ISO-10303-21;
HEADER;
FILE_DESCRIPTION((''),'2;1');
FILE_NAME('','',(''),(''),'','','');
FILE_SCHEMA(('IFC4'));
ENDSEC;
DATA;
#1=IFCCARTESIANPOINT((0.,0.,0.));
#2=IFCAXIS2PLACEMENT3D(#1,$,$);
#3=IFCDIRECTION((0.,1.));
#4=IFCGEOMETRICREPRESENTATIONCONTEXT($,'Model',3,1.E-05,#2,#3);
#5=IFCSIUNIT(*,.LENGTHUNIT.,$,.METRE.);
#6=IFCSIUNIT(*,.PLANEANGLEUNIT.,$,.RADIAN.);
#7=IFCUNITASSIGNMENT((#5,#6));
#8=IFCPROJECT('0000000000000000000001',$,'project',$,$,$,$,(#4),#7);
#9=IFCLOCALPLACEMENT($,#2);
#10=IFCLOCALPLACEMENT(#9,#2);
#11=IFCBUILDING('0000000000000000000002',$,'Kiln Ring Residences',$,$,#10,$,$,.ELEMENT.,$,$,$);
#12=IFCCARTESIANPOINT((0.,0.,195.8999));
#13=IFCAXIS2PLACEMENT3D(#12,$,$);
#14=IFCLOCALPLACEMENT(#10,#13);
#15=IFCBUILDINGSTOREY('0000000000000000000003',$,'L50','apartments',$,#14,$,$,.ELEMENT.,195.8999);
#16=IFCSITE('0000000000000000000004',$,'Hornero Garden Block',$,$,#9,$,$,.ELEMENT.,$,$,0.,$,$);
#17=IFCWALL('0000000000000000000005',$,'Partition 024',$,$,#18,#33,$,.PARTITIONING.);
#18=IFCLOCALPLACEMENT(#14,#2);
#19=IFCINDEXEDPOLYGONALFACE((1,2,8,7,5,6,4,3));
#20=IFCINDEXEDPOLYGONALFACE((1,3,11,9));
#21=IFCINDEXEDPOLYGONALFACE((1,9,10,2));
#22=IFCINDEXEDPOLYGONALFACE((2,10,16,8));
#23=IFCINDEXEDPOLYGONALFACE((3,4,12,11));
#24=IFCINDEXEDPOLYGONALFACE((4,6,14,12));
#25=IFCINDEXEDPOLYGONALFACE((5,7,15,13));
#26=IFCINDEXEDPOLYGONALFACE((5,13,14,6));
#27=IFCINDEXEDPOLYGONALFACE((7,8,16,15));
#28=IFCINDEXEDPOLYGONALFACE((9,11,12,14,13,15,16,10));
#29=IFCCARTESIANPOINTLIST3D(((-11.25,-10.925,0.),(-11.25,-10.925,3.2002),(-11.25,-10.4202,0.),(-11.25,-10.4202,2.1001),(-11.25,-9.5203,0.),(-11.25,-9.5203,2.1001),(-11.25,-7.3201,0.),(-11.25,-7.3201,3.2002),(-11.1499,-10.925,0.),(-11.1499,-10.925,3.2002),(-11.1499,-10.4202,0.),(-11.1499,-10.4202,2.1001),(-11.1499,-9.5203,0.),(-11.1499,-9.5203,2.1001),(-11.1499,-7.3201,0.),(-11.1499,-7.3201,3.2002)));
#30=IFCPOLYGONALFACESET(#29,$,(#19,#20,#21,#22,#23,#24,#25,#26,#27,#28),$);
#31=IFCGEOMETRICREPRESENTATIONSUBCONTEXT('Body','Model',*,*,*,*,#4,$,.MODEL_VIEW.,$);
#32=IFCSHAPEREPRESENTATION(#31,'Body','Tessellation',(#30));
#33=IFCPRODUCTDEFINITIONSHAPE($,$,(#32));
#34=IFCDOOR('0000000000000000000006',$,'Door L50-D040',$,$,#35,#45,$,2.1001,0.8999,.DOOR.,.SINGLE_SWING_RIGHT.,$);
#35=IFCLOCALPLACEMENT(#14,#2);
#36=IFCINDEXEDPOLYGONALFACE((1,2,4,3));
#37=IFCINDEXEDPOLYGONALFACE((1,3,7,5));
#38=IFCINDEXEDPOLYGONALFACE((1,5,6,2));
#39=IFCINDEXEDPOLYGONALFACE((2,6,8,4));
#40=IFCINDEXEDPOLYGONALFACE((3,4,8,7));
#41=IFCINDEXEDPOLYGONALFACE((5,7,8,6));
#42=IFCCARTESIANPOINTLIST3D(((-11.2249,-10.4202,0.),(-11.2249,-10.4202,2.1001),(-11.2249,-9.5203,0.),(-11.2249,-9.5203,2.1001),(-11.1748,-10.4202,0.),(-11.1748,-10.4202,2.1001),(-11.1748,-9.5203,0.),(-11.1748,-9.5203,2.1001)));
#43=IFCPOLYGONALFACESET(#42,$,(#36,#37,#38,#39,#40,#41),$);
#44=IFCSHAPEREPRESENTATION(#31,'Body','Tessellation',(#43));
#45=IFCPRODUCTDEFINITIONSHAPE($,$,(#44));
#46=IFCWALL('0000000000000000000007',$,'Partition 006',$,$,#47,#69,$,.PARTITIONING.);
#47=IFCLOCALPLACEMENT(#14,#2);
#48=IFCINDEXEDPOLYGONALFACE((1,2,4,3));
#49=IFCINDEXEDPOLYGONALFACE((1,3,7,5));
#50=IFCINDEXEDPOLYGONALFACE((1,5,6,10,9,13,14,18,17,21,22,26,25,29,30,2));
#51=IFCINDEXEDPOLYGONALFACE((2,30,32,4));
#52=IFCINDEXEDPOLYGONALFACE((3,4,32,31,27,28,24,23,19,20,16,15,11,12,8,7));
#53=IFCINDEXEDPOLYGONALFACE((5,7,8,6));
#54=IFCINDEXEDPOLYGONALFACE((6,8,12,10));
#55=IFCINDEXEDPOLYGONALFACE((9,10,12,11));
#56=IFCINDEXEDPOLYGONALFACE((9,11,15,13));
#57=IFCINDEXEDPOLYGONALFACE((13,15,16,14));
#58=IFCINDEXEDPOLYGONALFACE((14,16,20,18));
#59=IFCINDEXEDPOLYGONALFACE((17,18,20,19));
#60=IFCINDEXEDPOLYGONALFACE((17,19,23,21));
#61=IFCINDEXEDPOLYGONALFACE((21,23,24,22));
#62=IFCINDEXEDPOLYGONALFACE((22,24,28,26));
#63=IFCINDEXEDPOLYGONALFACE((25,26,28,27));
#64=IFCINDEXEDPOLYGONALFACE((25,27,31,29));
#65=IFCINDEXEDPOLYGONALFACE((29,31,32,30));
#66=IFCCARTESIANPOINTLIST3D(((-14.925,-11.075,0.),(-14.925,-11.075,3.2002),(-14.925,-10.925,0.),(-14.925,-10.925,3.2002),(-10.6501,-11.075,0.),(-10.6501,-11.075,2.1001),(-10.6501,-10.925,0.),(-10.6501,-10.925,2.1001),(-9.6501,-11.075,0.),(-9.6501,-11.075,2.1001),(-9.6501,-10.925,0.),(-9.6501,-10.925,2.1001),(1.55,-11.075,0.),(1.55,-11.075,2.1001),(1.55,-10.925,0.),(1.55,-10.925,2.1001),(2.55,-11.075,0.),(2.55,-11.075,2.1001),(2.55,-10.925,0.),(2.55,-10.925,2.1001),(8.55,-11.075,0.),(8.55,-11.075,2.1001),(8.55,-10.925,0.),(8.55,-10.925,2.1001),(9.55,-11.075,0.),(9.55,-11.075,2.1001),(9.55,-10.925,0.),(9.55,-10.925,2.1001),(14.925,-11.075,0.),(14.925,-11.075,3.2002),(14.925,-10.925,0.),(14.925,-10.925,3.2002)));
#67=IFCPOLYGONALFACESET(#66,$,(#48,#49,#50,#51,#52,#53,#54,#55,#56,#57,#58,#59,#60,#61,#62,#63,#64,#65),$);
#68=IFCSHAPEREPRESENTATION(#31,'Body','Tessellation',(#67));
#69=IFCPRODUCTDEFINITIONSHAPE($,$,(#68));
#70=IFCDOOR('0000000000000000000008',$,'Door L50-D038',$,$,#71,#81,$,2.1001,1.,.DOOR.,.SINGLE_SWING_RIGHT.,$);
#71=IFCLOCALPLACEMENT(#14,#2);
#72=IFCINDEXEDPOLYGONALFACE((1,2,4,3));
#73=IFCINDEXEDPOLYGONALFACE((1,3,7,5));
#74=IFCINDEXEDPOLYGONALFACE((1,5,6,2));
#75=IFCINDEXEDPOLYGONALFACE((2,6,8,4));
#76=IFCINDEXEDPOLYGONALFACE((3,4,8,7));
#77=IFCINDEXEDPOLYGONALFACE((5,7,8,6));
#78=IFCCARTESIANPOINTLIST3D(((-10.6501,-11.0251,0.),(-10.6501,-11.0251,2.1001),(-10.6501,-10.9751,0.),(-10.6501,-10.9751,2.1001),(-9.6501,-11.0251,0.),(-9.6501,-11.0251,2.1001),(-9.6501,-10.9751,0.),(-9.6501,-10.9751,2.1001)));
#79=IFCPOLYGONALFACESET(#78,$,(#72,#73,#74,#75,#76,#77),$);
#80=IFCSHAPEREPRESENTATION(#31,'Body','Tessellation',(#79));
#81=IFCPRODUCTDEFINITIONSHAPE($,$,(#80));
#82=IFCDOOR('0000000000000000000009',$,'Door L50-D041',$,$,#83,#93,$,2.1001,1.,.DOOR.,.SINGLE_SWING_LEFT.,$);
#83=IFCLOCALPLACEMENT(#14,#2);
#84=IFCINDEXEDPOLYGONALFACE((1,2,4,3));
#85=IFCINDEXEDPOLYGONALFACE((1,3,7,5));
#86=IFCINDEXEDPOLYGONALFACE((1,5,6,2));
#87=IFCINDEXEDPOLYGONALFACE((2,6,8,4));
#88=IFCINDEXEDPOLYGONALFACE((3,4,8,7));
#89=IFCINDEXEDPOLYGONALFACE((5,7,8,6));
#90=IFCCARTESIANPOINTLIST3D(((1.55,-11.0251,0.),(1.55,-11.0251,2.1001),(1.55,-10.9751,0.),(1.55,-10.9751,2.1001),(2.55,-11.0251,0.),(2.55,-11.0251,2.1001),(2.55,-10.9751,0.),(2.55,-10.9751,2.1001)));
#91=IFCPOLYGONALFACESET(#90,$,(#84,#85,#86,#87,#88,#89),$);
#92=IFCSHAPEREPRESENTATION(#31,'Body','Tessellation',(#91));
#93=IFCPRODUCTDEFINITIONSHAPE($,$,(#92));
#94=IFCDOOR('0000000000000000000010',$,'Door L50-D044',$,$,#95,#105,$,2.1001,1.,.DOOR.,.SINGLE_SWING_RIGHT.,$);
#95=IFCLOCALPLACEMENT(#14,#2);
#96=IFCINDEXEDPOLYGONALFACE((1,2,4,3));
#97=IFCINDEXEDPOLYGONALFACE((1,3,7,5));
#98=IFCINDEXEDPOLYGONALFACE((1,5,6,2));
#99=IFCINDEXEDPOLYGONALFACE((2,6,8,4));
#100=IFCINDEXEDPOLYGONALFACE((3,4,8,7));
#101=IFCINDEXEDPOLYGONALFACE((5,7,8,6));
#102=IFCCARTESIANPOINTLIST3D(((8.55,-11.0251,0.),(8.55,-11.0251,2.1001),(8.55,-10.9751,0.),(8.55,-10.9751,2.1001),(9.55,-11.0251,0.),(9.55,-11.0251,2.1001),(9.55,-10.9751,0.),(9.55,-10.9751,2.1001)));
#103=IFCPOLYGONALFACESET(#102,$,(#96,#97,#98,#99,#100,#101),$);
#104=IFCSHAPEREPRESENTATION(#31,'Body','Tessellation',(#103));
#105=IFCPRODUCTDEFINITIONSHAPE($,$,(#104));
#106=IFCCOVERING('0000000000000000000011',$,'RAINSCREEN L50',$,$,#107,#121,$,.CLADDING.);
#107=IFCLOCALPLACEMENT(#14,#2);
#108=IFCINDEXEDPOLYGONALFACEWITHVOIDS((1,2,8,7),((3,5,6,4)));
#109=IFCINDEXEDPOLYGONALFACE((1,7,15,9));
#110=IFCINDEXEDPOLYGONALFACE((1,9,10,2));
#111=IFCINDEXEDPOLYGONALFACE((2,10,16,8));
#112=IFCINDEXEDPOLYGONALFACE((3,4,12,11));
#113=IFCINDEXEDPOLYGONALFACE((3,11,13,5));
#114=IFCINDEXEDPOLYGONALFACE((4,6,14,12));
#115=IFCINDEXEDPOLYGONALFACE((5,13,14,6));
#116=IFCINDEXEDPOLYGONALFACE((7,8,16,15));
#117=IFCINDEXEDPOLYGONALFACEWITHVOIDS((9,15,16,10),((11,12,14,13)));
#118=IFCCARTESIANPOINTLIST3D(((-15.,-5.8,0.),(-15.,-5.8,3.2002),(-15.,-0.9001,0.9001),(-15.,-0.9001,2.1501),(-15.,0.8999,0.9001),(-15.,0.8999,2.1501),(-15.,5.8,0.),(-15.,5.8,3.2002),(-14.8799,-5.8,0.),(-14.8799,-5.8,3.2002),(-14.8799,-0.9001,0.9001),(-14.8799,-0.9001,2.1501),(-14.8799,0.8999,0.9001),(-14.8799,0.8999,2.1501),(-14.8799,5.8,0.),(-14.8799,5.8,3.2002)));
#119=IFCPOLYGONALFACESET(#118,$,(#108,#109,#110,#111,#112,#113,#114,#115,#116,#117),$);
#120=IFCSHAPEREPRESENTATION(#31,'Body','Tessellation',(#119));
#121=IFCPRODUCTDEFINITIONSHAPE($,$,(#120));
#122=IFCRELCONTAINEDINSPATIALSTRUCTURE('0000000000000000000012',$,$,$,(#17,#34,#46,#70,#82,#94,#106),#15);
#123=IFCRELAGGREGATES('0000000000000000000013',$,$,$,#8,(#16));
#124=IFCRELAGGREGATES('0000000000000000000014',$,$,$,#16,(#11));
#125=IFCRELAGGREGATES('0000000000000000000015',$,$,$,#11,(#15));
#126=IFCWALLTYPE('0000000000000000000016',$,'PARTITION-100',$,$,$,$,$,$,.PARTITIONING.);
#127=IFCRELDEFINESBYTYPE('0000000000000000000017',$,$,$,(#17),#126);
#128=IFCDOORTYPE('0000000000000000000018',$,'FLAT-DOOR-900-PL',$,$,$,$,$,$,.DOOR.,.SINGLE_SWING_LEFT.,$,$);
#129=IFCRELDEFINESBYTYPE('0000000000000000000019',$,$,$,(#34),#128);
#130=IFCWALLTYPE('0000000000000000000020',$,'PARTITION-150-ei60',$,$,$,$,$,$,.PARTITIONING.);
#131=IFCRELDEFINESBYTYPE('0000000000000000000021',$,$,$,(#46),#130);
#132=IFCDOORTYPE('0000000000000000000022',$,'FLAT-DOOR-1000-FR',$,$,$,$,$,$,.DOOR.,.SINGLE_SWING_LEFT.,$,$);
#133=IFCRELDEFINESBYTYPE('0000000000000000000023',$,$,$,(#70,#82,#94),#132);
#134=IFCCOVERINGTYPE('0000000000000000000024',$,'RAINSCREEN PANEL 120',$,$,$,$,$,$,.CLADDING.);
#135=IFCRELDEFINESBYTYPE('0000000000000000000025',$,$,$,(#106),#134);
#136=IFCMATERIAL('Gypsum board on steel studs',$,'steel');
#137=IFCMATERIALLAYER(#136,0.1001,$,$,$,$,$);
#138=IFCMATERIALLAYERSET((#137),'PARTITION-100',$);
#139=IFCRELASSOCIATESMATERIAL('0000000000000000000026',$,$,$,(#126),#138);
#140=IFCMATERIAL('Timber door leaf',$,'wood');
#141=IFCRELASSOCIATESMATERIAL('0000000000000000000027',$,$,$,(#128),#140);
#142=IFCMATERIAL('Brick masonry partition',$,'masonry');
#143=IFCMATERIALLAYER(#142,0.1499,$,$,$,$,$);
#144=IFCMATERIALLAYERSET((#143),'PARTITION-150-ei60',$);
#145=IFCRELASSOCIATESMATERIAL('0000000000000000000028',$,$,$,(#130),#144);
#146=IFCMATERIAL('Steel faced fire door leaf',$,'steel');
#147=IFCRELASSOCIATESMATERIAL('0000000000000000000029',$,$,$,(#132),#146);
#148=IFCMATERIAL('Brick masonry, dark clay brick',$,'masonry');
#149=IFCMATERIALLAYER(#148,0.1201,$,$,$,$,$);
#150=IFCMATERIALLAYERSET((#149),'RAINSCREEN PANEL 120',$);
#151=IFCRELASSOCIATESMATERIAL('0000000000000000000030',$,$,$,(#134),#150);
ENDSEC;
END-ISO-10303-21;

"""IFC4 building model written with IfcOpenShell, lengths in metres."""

from ifc_helpers import new_model, si_unit, direction, frame, frame_2d, origin, place, context, subcontext, project, spatial, polyline, rectangle, outline, extrude, material, layer, layer_set, type_object, element, fill, save


model = new_model("IFC4")

# Units and contexts
model_context = context("Model", 3, precision=1e-05, world=origin(), true_north=direction((0.0, 1.0)))
body_context = subcontext(model_context, "Body", "Model", "MODEL_VIEW")
ifc_project = project(units=[si_unit("LENGTHUNIT", "METRE"), si_unit("PLANEANGLEUNIT", "RADIAN")], contexts=[model_context])

# Site, building, storey
site_placement = place(None, origin())
site = spatial("IfcSite", under=ifc_project, at=site_placement, Name="Hornero Garden Block", CompositionType="ELEMENT", RefElevation=0.0)
building_placement = place(site_placement, origin())
building = spatial("IfcBuilding", under=site, at=building_placement, Name="Kiln Ring Residences", CompositionType="ELEMENT")
storey_placement = place(building_placement, frame((0.0, 0.0, 195.8999)))
storey = spatial("IfcBuildingStorey", under=building, at=storey_placement, Name="L50", Description="apartments", CompositionType="ELEMENT", Elevation=195.8999)

# Wall, opening, door
ifc_material_1 = material(Name="Gypsum board on steel studs", Category="steel")
ifc_layer_1 = layer(ifc_material_1, 0.1001)
ifc_layer_set_1 = layer_set([ifc_layer_1], Name="PARTITION-100")
wall_type_1 = type_object("IfcWallType", Name="PARTITION-100", PredefinedType="PARTITIONING", material=ifc_layer_set_1)
wall_1_placement = place(storey_placement, frame((-11.2, -10.925, 0.0), z_axis=(0.0, 0.0, 1.0), x_axis=(0.0, 1.0, 0.0)))
wall_1 = element("IfcWall", 1, at=wall_1_placement, inside=storey, type_object=wall_type_1, Name="Partition 024", PredefinedType="PARTITIONING", context=body_context, shape_type="SweptSolid", body=[
    extrude(rectangle(XDim=3.605, YDim=0.1001, at=frame_2d((1.8025, 0.0))), origin(), (0.0, 0.0, 1.0), 3.2002),
])
opening_1_placement = place(wall_1_placement, frame((0.5049, 0.0, 0.0)))
opening_1 = element("IfcOpeningElement", 2, at=opening_1_placement, cuts=wall_1, PredefinedType="OPENING", context=body_context, shape_type="SweptSolid", body=[
    extrude(rectangle(XDim=0.8999, YDim=2.1001, at=frame_2d((0.45, 1.05))), frame((0.0, 0.0601, 0.0), z_axis=(0.0, -1.0, 0.0), x_axis=(1.0, 0.0, 0.0)), (0.0, 0.0, 1.0), 0.1201),
])
ifc_material_2 = material(Name="Timber door leaf", Category="wood")
door_type_1 = type_object("IfcDoorType", Name="FLAT-DOOR-900-PL", OperationType="SINGLE_SWING_LEFT", PredefinedType="DOOR", material=ifc_material_2)
door_1_placement = place(opening_1_placement, origin())
door_1 = element("IfcDoor", 3, at=door_1_placement, inside=storey, type_object=door_type_1, Name="Door L50-D040", OperationType="SINGLE_SWING_RIGHT", OverallHeight=2.1001, OverallWidth=0.8999, PredefinedType="DOOR", context=body_context, shape_type="SweptSolid", body=[
    extrude(rectangle(XDim=0.8999, YDim=2.1001, at=frame_2d((0.45, 1.05))), frame((0.0, 0.0249, 0.0), z_axis=(0.0, -1.0, 0.0), x_axis=(1.0, 0.0, 0.0)), (0.0, 0.0, 1.0), 0.05),
])
fill(opening_1, door_1)

# Wall, openings, doors
ifc_material_3 = material(Name="Brick masonry partition", Category="masonry")
ifc_layer_2 = layer(ifc_material_3, 0.1499)
ifc_layer_set_2 = layer_set([ifc_layer_2], Name="PARTITION-150-ei60")
wall_type_2 = type_object("IfcWallType", Name="PARTITION-150-ei60", PredefinedType="PARTITIONING", material=ifc_layer_set_2)
wall_2_placement = place(storey_placement, frame((-14.925, -11.0, 0.0), z_axis=(0.0, 0.0, 1.0), x_axis=(1.0, 0.0, 0.0)))
wall_2 = element("IfcWall", 4, at=wall_2_placement, inside=storey, type_object=wall_type_2, Name="Partition 006", PredefinedType="PARTITIONING", context=body_context, shape_type="SweptSolid", body=[
    extrude(rectangle(XDim=29.8501, YDim=0.1499, at=frame_2d((14.925, 0.0))), origin(), (0.0, 0.0, 1.0), 3.2002),
])
opening_2_placement = place(wall_2_placement, frame((4.2749, 0.0, 0.0)))
opening_2 = element("IfcOpeningElement", 5, at=opening_2_placement, cuts=wall_2, PredefinedType="OPENING", context=body_context, shape_type="SweptSolid", body=[
    extrude(rectangle(XDim=1.0, YDim=2.1001, at=frame_2d((0.5, 1.05))), frame((0.0, 0.085, 0.0), z_axis=(0.0, -1.0, 0.0), x_axis=(1.0, 0.0, 0.0)), (0.0, 0.0, 1.0), 0.1699),
])
opening_3_placement = place(wall_2_placement, frame((16.4751, 0.0, 0.0)))
opening_3 = element("IfcOpeningElement", 6, at=opening_3_placement, cuts=wall_2, PredefinedType="OPENING", context=body_context, shape_type="SweptSolid", body=[
    extrude(rectangle(XDim=1.0, YDim=2.1001, at=frame_2d((0.5, 1.05))), frame((0.0, 0.085, 0.0), z_axis=(0.0, -1.0, 0.0), x_axis=(1.0, 0.0, 0.0)), (0.0, 0.0, 1.0), 0.1699),
])
opening_4_placement = place(wall_2_placement, frame((23.4751, 0.0, 0.0)))
opening_4 = element("IfcOpeningElement", 7, at=opening_4_placement, cuts=wall_2, PredefinedType="OPENING", context=body_context, shape_type="SweptSolid", body=[
    extrude(rectangle(XDim=1.0, YDim=2.1001, at=frame_2d((0.5, 1.05))), frame((0.0, 0.085, 0.0), z_axis=(0.0, -1.0, 0.0), x_axis=(1.0, 0.0, 0.0)), (0.0, 0.0, 1.0), 0.1699),
])
ifc_material_4 = material(Name="Steel faced fire door leaf", Category="steel")
door_type_2 = type_object("IfcDoorType", Name="FLAT-DOOR-1000-FR", OperationType="SINGLE_SWING_LEFT", PredefinedType="DOOR", material=ifc_material_4)
door_2_placement = place(opening_2_placement, origin())
door_2 = element("IfcDoor", 8, at=door_2_placement, inside=storey, type_object=door_type_2, Name="Door L50-D038", OperationType="SINGLE_SWING_RIGHT", OverallHeight=2.1001, OverallWidth=1.0, PredefinedType="DOOR", context=body_context, shape_type="SweptSolid", body=[
    extrude(rectangle(XDim=1.0, YDim=2.1001, at=frame_2d((0.5, 1.05))), frame((0.0, 0.0249, 0.0), z_axis=(0.0, -1.0, 0.0), x_axis=(1.0, 0.0, 0.0)), (0.0, 0.0, 1.0), 0.05),
])
fill(opening_2, door_2)
door_3_placement = place(opening_3_placement, origin())
door_3 = element("IfcDoor", 9, at=door_3_placement, inside=storey, type_object=door_type_2, Name="Door L50-D041", OperationType="SINGLE_SWING_LEFT", OverallHeight=2.1001, OverallWidth=1.0, PredefinedType="DOOR", context=body_context, shape_type="SweptSolid", body=[
    extrude(rectangle(XDim=1.0, YDim=2.1001, at=frame_2d((0.5, 1.05))), frame((0.0, 0.0249, 0.0), z_axis=(0.0, -1.0, 0.0), x_axis=(1.0, 0.0, 0.0)), (0.0, 0.0, 1.0), 0.05),
])
fill(opening_3, door_3)
door_4_placement = place(opening_4_placement, origin())
door_4 = element("IfcDoor", 10, at=door_4_placement, inside=storey, type_object=door_type_2, Name="Door L50-D044", OperationType="SINGLE_SWING_RIGHT", OverallHeight=2.1001, OverallWidth=1.0, PredefinedType="DOOR", context=body_context, shape_type="SweptSolid", body=[
    extrude(rectangle(XDim=1.0, YDim=2.1001, at=frame_2d((0.5, 1.05))), frame((0.0, 0.0249, 0.0), z_axis=(0.0, -1.0, 0.0), x_axis=(1.0, 0.0, 0.0)), (0.0, 0.0, 1.0), 0.05),
])
fill(opening_4, door_4)

# Covering
ifc_material_5 = material(Name="Brick masonry, dark clay brick", Category="masonry")
ifc_layer_3 = layer(ifc_material_5, 0.1201)
ifc_layer_set_3 = layer_set([ifc_layer_3], Name="RAINSCREEN PANEL 120")
covering_type = type_object("IfcCoveringType", Name="RAINSCREEN PANEL 120", PredefinedType="CLADDING", material=ifc_layer_set_3)
covering_placement = place(storey_placement, frame((-14.9399, -5.8, 0.0), z_axis=(0.0, 0.0, 1.0), x_axis=(0.0, 1.0, 0.0)))
element("IfcCovering", 11, at=covering_placement, inside=storey, type_object=covering_type, Name="RAINSCREEN L50", PredefinedType="CLADDING", context=body_context, shape_type="SweptSolid", body=[
    extrude(outline(polyline([(0.0, 0.0), (11.6001, 0.0), (11.6001, 3.2002), (0.0, 3.2002), (0.0, 0.0)]), holes=[polyline([(4.8999, 2.1501), (4.8999, 0.9001), (6.7, 0.9001), (6.7, 2.1501), (4.8999, 2.1501)])]), frame((0.0, 0.0601, 0.0), z_axis=(0.0, -1.0, 0.0), x_axis=(1.0, 0.0, 0.0)), (0.0, 0.0, 1.0), 0.1201),
])

save(model, "model.ifc")
